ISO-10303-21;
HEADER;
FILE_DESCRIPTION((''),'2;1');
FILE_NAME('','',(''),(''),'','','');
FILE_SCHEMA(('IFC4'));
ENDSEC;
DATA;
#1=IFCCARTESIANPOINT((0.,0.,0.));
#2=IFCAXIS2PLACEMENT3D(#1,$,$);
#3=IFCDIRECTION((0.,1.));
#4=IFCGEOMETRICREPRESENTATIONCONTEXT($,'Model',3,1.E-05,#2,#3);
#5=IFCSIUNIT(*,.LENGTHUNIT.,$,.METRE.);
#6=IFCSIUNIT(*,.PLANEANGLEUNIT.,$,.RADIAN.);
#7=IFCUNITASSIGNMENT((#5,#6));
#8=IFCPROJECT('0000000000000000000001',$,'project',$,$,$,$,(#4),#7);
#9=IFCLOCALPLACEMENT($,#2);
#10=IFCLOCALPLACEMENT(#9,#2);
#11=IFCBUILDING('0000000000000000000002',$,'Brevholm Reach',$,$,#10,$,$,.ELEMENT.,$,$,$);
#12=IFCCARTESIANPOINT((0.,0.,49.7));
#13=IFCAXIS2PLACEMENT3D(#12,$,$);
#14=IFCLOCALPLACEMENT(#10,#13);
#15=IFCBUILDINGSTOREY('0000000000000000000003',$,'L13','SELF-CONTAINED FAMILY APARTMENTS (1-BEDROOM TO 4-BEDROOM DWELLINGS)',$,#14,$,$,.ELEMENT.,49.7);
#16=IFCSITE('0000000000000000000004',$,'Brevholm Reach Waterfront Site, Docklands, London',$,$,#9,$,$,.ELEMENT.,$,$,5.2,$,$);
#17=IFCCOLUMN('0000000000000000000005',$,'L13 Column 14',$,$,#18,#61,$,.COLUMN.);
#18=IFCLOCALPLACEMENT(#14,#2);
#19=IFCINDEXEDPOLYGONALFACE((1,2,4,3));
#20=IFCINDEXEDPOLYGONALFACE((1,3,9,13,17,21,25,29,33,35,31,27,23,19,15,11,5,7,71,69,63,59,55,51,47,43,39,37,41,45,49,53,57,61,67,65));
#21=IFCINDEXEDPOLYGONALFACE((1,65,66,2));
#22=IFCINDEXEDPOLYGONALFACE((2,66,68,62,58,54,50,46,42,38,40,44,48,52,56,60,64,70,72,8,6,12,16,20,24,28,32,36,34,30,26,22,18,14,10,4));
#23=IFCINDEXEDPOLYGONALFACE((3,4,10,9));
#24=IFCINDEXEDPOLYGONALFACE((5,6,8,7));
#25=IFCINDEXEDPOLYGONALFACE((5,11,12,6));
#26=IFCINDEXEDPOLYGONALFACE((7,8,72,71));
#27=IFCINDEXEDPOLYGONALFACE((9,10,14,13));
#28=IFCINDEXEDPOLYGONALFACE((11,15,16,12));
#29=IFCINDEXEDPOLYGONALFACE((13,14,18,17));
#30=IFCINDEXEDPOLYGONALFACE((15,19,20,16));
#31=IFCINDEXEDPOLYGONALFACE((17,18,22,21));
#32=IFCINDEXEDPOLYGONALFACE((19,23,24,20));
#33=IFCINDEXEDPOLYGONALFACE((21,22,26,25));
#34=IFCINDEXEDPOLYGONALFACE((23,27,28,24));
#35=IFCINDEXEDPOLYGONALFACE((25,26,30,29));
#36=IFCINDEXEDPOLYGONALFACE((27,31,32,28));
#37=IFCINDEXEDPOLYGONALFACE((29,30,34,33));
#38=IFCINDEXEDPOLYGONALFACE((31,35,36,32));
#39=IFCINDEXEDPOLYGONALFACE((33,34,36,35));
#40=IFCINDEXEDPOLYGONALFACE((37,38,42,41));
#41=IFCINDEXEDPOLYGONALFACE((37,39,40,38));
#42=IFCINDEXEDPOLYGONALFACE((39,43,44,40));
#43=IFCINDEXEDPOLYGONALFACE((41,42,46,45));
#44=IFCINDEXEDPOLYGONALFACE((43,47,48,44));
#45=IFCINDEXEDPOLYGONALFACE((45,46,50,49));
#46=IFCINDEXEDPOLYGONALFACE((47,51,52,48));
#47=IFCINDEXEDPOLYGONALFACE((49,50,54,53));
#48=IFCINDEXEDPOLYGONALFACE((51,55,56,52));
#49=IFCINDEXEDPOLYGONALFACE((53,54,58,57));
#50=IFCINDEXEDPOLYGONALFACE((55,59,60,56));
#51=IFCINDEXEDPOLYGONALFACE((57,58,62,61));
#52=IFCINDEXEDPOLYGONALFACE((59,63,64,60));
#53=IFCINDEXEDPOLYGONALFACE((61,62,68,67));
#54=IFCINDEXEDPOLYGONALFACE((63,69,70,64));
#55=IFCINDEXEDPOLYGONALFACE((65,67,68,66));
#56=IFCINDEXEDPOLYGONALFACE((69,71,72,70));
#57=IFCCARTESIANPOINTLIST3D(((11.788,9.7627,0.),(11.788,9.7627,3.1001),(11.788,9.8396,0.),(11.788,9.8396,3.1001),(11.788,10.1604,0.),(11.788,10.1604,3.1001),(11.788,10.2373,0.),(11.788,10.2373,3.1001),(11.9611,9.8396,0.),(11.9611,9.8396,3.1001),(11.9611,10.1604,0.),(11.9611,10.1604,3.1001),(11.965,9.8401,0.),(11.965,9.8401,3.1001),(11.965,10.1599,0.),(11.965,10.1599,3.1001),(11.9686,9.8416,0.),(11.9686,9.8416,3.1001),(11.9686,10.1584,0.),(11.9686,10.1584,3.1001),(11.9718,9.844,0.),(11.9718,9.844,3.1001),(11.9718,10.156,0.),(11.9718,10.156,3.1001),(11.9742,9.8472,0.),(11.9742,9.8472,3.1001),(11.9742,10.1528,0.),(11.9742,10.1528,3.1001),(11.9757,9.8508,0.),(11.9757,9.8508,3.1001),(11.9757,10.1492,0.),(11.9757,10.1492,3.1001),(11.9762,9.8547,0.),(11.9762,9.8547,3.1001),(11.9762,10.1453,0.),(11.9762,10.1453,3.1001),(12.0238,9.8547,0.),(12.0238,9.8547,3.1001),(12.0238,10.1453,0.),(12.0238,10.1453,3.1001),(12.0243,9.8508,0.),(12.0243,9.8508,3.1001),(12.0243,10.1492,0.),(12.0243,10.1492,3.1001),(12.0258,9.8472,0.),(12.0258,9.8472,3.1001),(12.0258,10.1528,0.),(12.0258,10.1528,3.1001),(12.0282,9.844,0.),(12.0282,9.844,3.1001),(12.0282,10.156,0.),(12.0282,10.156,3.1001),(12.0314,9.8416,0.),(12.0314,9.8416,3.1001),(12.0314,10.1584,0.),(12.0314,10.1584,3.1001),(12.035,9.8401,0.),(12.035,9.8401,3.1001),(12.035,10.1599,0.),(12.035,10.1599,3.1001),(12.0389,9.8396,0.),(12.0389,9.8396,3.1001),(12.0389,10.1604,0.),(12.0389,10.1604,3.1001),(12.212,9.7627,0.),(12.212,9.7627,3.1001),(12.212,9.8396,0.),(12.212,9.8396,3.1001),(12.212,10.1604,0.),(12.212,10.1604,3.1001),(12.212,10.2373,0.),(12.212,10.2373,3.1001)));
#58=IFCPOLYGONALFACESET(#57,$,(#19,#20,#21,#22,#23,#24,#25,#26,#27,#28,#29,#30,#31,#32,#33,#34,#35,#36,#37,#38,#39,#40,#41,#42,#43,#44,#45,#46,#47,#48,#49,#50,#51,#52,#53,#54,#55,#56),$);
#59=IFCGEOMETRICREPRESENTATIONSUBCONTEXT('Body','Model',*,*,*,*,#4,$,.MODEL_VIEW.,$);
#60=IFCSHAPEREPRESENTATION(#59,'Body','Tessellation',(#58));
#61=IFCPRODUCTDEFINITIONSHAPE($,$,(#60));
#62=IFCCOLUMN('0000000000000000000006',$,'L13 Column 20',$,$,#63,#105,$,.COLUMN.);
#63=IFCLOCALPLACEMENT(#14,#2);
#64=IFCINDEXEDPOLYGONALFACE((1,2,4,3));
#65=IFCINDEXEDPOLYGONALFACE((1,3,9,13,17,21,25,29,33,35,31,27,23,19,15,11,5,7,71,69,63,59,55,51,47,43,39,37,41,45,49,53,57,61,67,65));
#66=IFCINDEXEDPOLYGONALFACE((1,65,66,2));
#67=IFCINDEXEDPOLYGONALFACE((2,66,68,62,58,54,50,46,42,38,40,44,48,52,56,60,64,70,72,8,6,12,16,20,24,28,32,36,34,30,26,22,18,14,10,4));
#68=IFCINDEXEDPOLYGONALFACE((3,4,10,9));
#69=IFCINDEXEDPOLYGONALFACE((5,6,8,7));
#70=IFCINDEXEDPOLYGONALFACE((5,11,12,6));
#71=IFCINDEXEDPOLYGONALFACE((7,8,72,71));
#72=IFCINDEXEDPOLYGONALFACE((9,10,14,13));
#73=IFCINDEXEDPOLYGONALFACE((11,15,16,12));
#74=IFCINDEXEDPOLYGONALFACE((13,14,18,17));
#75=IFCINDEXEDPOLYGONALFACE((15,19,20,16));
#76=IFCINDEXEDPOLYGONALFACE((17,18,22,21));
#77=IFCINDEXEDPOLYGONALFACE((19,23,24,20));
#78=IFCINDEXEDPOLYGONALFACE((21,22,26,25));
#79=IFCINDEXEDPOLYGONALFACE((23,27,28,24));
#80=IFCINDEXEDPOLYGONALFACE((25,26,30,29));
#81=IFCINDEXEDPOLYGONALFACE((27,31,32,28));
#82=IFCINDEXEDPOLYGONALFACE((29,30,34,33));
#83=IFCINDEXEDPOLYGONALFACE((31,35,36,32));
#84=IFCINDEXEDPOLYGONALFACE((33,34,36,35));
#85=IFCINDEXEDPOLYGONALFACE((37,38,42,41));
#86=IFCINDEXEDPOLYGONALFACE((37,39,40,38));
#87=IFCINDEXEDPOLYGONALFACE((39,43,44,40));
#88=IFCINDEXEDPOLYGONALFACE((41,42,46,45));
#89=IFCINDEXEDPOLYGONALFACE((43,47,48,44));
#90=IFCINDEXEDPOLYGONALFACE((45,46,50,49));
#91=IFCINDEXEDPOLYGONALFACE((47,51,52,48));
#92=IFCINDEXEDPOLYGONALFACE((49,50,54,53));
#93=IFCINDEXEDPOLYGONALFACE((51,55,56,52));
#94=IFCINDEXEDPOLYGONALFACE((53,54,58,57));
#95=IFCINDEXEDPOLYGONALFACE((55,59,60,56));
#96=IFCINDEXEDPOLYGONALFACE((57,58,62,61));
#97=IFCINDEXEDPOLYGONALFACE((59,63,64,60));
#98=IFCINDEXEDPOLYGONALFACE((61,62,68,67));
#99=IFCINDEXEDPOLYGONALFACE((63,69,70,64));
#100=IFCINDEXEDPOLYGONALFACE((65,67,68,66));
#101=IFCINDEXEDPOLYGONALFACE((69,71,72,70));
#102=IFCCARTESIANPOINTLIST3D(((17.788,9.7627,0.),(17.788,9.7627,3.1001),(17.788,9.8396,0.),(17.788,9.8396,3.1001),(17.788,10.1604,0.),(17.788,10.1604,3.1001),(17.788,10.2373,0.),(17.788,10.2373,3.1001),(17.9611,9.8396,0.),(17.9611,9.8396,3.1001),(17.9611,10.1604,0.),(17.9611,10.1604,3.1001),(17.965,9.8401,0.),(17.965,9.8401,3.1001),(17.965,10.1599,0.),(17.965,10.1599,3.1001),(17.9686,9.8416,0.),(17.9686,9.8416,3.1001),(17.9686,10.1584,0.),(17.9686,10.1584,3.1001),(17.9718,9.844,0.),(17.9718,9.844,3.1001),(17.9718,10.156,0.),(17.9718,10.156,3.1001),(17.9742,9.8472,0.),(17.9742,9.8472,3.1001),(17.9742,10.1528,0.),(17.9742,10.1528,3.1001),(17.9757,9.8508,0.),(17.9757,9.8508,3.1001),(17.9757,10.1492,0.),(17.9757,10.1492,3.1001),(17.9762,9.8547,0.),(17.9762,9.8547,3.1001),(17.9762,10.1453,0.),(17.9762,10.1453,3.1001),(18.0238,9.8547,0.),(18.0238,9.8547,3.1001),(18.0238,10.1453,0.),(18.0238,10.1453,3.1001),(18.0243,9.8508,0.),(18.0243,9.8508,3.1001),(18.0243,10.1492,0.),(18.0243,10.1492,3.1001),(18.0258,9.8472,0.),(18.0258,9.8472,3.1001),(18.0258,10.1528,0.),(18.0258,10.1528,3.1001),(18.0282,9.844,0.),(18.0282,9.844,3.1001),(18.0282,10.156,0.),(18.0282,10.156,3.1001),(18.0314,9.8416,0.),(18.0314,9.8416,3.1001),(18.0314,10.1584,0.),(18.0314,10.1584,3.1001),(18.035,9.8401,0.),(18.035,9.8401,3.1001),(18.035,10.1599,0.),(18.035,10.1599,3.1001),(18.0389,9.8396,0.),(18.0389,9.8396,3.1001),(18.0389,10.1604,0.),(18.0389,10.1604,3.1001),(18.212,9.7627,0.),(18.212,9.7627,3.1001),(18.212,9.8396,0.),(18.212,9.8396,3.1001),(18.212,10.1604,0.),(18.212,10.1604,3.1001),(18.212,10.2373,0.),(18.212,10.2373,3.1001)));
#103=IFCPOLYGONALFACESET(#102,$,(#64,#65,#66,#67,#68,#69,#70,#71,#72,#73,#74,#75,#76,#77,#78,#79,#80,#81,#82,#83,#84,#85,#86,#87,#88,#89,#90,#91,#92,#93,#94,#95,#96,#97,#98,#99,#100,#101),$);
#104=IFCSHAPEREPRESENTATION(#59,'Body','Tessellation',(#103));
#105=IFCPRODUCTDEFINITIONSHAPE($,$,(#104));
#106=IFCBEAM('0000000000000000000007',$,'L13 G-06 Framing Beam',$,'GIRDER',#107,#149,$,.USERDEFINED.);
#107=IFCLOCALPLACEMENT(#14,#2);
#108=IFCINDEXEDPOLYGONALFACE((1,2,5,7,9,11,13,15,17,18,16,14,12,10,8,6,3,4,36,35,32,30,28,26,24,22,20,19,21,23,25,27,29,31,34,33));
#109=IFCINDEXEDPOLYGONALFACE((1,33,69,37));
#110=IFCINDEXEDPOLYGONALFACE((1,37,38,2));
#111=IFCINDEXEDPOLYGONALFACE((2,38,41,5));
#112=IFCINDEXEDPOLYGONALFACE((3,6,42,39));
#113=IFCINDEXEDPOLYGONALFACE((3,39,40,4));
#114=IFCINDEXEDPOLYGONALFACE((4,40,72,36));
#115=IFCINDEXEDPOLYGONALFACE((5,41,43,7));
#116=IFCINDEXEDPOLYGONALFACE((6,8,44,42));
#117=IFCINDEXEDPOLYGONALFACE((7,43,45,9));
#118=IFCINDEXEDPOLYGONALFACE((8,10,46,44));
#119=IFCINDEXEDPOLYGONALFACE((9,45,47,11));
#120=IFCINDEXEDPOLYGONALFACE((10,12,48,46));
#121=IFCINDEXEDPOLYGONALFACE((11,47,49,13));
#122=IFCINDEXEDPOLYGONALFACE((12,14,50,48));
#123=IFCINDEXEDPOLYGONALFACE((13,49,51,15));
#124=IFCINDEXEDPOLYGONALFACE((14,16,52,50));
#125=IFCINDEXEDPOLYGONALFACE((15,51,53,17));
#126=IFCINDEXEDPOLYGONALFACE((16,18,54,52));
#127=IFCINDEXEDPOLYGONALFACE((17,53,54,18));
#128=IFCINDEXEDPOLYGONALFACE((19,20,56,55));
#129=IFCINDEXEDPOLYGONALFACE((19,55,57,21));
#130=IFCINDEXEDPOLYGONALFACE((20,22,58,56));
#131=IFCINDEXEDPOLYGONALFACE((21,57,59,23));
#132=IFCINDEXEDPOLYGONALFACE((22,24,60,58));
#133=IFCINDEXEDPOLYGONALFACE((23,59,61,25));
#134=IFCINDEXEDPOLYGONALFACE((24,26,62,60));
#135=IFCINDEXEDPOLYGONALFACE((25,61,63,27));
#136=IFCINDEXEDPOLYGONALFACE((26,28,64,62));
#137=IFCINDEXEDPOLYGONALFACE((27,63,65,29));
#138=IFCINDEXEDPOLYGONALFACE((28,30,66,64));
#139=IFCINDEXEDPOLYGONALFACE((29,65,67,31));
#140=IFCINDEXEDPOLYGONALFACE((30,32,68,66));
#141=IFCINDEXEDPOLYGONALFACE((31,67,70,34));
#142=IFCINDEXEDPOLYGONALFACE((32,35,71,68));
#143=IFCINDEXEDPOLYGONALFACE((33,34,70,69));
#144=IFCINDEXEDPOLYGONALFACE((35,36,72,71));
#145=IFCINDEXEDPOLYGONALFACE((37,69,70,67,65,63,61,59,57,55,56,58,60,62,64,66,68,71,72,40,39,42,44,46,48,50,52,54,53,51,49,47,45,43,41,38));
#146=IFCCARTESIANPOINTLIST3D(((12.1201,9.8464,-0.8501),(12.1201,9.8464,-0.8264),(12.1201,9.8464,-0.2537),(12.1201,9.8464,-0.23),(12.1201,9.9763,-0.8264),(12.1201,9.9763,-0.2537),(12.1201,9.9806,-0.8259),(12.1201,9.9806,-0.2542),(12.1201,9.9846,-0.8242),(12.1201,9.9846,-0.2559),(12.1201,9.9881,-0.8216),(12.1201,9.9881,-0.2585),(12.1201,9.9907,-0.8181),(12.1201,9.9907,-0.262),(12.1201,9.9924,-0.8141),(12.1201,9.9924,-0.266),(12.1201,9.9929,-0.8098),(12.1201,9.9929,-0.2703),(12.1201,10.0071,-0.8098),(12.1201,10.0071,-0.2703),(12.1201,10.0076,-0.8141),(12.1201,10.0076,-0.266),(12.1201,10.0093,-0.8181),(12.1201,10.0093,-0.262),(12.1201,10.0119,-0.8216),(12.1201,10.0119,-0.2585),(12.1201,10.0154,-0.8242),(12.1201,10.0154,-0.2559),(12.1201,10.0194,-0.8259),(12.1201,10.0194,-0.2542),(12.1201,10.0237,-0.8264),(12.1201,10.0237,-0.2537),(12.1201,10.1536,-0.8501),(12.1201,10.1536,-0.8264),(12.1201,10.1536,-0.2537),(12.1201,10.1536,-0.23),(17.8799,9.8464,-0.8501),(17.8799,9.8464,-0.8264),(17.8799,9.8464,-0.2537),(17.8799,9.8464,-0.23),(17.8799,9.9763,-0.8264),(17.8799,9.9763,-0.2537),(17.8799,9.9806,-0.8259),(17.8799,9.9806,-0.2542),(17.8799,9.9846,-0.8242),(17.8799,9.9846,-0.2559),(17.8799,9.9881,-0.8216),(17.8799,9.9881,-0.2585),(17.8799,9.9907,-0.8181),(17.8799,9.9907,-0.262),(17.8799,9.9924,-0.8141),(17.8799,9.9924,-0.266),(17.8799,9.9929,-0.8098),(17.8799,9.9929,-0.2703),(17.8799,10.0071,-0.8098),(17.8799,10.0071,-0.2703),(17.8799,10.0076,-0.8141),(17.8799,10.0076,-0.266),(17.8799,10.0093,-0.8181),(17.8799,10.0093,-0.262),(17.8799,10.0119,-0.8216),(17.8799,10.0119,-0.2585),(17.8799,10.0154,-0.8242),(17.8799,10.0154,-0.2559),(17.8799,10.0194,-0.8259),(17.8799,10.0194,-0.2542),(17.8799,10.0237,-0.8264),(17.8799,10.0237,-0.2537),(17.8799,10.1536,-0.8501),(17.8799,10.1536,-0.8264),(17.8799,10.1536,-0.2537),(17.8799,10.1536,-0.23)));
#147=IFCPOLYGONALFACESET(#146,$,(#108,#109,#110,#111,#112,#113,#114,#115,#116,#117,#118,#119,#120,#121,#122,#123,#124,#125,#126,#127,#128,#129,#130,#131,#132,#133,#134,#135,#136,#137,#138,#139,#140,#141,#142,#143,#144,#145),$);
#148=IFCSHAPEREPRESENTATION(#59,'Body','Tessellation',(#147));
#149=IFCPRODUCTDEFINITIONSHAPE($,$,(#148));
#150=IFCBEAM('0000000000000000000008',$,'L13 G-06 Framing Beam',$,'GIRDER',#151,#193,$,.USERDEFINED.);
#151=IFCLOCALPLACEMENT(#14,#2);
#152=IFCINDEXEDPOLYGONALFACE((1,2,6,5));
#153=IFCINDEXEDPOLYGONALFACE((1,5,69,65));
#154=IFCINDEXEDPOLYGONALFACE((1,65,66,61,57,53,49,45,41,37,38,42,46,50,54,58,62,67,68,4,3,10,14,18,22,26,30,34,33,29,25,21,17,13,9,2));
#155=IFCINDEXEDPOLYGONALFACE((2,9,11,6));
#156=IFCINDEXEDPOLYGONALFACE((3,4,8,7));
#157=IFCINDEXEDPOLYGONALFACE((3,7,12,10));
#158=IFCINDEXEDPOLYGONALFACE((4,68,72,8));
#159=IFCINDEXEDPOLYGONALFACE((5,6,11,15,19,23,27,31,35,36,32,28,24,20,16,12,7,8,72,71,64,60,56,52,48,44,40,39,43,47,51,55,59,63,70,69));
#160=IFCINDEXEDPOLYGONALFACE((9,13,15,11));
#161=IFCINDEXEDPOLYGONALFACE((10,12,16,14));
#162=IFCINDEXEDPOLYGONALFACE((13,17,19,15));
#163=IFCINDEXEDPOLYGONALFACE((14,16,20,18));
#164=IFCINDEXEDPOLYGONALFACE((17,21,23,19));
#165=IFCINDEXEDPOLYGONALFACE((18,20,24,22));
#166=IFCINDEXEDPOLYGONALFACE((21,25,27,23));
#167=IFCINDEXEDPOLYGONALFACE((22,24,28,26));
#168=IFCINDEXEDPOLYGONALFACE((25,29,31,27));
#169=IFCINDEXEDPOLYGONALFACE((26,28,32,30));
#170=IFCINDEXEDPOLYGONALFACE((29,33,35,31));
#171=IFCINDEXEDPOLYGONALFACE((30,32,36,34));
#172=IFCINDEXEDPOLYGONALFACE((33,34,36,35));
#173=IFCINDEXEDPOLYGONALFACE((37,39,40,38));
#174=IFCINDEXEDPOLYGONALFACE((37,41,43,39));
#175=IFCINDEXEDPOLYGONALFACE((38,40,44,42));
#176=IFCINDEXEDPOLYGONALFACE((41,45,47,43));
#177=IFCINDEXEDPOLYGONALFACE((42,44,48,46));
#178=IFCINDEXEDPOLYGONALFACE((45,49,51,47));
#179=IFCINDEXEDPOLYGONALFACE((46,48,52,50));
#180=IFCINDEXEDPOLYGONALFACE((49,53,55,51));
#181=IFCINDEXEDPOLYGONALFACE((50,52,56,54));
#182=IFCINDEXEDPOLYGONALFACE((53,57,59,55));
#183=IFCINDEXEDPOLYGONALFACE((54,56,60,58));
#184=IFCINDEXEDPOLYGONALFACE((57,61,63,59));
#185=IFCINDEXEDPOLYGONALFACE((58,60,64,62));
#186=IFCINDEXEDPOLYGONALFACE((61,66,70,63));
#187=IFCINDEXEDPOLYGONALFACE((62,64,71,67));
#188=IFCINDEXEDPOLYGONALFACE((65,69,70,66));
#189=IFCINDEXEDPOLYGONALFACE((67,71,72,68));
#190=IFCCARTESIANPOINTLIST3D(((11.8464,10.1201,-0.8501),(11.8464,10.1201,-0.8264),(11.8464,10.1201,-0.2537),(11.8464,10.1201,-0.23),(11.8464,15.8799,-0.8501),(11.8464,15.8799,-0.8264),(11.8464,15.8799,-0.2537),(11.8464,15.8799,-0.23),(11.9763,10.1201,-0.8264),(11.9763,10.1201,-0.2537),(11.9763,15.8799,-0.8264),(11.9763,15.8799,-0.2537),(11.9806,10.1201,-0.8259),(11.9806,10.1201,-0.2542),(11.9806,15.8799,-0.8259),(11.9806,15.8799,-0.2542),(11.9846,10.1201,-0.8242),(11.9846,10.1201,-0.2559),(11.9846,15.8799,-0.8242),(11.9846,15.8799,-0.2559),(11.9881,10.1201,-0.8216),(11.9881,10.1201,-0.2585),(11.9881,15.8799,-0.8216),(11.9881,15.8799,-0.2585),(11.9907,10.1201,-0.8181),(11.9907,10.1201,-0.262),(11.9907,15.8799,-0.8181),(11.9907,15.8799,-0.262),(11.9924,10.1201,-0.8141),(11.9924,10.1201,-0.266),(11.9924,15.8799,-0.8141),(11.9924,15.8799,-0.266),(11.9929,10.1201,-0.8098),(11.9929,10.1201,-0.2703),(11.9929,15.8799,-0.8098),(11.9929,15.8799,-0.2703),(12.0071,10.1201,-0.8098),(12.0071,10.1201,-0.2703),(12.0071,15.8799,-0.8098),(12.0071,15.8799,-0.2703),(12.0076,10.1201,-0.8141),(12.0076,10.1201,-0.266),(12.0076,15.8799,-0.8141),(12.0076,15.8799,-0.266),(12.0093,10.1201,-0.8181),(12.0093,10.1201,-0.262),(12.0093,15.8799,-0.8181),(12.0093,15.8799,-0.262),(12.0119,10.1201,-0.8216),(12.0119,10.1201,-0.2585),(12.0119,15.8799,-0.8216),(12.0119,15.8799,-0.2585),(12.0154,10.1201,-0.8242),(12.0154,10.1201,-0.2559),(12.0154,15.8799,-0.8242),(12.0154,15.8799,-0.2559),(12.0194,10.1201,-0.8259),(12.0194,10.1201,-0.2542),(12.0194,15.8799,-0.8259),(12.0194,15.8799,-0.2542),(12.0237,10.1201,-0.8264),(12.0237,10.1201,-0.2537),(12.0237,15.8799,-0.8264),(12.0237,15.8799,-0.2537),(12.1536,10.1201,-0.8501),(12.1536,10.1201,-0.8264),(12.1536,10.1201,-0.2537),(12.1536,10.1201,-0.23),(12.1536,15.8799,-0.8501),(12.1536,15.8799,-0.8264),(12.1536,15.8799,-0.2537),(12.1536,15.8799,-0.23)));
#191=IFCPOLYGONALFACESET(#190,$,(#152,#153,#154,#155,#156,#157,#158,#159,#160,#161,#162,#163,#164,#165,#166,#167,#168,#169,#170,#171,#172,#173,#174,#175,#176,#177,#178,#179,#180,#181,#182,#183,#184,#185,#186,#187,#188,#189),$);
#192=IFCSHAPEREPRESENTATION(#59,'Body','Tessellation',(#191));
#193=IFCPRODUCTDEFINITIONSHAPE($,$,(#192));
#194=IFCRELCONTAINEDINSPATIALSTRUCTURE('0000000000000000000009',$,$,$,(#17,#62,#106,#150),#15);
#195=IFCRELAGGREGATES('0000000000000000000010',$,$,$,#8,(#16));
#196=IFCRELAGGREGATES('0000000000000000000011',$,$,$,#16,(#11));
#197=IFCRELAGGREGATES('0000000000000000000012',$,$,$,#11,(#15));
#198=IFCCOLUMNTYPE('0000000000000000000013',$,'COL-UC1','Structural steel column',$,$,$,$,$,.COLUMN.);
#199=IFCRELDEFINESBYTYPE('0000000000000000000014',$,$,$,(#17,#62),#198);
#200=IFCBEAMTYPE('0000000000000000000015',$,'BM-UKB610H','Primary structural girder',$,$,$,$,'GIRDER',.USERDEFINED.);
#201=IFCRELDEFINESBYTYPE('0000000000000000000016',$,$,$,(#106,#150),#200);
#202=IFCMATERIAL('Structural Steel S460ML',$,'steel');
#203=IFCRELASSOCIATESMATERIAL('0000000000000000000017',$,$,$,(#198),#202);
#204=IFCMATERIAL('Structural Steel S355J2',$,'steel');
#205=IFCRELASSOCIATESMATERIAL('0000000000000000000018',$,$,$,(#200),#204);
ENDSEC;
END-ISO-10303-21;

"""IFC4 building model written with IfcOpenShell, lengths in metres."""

from ifc_helpers import new_model, si_unit, direction, frame, origin, origin_2d, place, context, subcontext, project, spatial, i_section, extrude, material, material_profile, profile_set, type_object, element, save


model = new_model("IFC4")

# Units and contexts
model_context = context("Model", 3, precision=1e-05, world=origin(), true_north=direction((0.0, 1.0)))
body_context = subcontext(model_context, "Body", "Model", "MODEL_VIEW")
ifc_project = project(units=[si_unit("LENGTHUNIT", "METRE"), si_unit("PLANEANGLEUNIT", "RADIAN")], contexts=[model_context])

# Site, building, storey
site_placement = place(None, origin())
site = spatial("IfcSite", under=ifc_project, at=site_placement, Name="Brevholm Reach Waterfront Site, Docklands, London", CompositionType="ELEMENT", RefElevation=5.2)
building_placement = place(site_placement, origin())
building = spatial("IfcBuilding", under=site, at=building_placement, Name="Brevholm Reach", CompositionType="ELEMENT")
storey_placement = place(building_placement, frame((0.0, 0.0, 49.7)))
storey = spatial("IfcBuildingStorey", under=building, at=storey_placement, Name="L13", Description="SELF-CONTAINED FAMILY APARTMENTS (1-BEDROOM TO 4-BEDROOM DWELLINGS)", CompositionType="ELEMENT", Elevation=49.7)

# Columns
ifc_material_1 = material(Name="Structural Steel S460ML", Category="steel")
ifc_material_profile_1 = material_profile(ifc_material_1, i_section(OverallWidth=0.4241, OverallDepth=0.4746, WebThickness=0.0476, FlangeThickness=0.0769, FilletRadius=0.0151, at=origin_2d()), Name="UKC 356x406x634")
ifc_profile_set_1 = profile_set([ifc_material_profile_1], Name="Structural Steel S460ML")
column_type = type_object("IfcColumnType", Name="COL-UC1", Description="Structural steel column", PredefinedType="COLUMN", material=ifc_profile_set_1)
for number, where, z_axis, x_axis, name in (
    (1, (12.0, 10.0, 0.0), (0.0, 0.0, 1.0), (1.0, 0.0, 0.0), "L13 Column 14"),
    (2, (18.0, 10.0, 0.0), (0.0, 0.0, 1.0), (1.0, 0.0, 0.0), "L13 Column 20"),
):
    element("IfcColumn", number, at=place(storey_placement, frame(where, z_axis=z_axis, x_axis=x_axis)), inside=storey, type_object=column_type, Name=name, PredefinedType="COLUMN", context=body_context, shape_type="SweptSolid", body=[
        extrude(i_section(OverallWidth=0.4241, OverallDepth=0.4746, WebThickness=0.0476, FlangeThickness=0.0769, FilletRadius=0.0151, at=origin_2d()), origin(), (0.0, 0.0, 1.0), 3.1001),
    ])

# Beams
ifc_material_2 = material(Name="Structural Steel S355J2", Category="steel")
ifc_material_profile_2 = material_profile(ifc_material_2, i_section(OverallWidth=0.3071, OverallDepth=0.6201, WebThickness=0.0142, FlangeThickness=0.0237, FilletRadius=0.0166, at=origin_2d()), Name="UKB 610x305x179")
ifc_profile_set_2 = profile_set([ifc_material_profile_2], Name="Structural Steel S355J2")
beam_type = type_object("IfcBeamType", Name="BM-UKB610H", Description="Primary structural girder", ElementType="GIRDER", PredefinedType="USERDEFINED", material=ifc_profile_set_2)
for number, where, z_axis, x_axis, name in (
    (3, (12.1201, 10.0, -0.54), (1.0, 0.0, 0.0), (0.0, 1.0, 0.0), "L13 G-06 Framing Beam"),
    (4, (12.0, 10.1201, -0.54), (0.0, 1.0, 0.0), (-1.0, 0.0, 0.0), "L13 G-06 Framing Beam"),
):
    element("IfcBeam", number, at=place(storey_placement, frame(where, z_axis=z_axis, x_axis=x_axis)), inside=storey, type_object=beam_type, Name=name, ObjectType="GIRDER", PredefinedType="USERDEFINED", context=body_context, shape_type="SweptSolid", body=[
        extrude(i_section(OverallWidth=0.3071, OverallDepth=0.6201, WebThickness=0.0142, FlangeThickness=0.0237, FilletRadius=0.0166, at=origin_2d()), origin(), (0.0, 0.0, 1.0), 5.7598),
    ])

save(model, "model.ifc")
